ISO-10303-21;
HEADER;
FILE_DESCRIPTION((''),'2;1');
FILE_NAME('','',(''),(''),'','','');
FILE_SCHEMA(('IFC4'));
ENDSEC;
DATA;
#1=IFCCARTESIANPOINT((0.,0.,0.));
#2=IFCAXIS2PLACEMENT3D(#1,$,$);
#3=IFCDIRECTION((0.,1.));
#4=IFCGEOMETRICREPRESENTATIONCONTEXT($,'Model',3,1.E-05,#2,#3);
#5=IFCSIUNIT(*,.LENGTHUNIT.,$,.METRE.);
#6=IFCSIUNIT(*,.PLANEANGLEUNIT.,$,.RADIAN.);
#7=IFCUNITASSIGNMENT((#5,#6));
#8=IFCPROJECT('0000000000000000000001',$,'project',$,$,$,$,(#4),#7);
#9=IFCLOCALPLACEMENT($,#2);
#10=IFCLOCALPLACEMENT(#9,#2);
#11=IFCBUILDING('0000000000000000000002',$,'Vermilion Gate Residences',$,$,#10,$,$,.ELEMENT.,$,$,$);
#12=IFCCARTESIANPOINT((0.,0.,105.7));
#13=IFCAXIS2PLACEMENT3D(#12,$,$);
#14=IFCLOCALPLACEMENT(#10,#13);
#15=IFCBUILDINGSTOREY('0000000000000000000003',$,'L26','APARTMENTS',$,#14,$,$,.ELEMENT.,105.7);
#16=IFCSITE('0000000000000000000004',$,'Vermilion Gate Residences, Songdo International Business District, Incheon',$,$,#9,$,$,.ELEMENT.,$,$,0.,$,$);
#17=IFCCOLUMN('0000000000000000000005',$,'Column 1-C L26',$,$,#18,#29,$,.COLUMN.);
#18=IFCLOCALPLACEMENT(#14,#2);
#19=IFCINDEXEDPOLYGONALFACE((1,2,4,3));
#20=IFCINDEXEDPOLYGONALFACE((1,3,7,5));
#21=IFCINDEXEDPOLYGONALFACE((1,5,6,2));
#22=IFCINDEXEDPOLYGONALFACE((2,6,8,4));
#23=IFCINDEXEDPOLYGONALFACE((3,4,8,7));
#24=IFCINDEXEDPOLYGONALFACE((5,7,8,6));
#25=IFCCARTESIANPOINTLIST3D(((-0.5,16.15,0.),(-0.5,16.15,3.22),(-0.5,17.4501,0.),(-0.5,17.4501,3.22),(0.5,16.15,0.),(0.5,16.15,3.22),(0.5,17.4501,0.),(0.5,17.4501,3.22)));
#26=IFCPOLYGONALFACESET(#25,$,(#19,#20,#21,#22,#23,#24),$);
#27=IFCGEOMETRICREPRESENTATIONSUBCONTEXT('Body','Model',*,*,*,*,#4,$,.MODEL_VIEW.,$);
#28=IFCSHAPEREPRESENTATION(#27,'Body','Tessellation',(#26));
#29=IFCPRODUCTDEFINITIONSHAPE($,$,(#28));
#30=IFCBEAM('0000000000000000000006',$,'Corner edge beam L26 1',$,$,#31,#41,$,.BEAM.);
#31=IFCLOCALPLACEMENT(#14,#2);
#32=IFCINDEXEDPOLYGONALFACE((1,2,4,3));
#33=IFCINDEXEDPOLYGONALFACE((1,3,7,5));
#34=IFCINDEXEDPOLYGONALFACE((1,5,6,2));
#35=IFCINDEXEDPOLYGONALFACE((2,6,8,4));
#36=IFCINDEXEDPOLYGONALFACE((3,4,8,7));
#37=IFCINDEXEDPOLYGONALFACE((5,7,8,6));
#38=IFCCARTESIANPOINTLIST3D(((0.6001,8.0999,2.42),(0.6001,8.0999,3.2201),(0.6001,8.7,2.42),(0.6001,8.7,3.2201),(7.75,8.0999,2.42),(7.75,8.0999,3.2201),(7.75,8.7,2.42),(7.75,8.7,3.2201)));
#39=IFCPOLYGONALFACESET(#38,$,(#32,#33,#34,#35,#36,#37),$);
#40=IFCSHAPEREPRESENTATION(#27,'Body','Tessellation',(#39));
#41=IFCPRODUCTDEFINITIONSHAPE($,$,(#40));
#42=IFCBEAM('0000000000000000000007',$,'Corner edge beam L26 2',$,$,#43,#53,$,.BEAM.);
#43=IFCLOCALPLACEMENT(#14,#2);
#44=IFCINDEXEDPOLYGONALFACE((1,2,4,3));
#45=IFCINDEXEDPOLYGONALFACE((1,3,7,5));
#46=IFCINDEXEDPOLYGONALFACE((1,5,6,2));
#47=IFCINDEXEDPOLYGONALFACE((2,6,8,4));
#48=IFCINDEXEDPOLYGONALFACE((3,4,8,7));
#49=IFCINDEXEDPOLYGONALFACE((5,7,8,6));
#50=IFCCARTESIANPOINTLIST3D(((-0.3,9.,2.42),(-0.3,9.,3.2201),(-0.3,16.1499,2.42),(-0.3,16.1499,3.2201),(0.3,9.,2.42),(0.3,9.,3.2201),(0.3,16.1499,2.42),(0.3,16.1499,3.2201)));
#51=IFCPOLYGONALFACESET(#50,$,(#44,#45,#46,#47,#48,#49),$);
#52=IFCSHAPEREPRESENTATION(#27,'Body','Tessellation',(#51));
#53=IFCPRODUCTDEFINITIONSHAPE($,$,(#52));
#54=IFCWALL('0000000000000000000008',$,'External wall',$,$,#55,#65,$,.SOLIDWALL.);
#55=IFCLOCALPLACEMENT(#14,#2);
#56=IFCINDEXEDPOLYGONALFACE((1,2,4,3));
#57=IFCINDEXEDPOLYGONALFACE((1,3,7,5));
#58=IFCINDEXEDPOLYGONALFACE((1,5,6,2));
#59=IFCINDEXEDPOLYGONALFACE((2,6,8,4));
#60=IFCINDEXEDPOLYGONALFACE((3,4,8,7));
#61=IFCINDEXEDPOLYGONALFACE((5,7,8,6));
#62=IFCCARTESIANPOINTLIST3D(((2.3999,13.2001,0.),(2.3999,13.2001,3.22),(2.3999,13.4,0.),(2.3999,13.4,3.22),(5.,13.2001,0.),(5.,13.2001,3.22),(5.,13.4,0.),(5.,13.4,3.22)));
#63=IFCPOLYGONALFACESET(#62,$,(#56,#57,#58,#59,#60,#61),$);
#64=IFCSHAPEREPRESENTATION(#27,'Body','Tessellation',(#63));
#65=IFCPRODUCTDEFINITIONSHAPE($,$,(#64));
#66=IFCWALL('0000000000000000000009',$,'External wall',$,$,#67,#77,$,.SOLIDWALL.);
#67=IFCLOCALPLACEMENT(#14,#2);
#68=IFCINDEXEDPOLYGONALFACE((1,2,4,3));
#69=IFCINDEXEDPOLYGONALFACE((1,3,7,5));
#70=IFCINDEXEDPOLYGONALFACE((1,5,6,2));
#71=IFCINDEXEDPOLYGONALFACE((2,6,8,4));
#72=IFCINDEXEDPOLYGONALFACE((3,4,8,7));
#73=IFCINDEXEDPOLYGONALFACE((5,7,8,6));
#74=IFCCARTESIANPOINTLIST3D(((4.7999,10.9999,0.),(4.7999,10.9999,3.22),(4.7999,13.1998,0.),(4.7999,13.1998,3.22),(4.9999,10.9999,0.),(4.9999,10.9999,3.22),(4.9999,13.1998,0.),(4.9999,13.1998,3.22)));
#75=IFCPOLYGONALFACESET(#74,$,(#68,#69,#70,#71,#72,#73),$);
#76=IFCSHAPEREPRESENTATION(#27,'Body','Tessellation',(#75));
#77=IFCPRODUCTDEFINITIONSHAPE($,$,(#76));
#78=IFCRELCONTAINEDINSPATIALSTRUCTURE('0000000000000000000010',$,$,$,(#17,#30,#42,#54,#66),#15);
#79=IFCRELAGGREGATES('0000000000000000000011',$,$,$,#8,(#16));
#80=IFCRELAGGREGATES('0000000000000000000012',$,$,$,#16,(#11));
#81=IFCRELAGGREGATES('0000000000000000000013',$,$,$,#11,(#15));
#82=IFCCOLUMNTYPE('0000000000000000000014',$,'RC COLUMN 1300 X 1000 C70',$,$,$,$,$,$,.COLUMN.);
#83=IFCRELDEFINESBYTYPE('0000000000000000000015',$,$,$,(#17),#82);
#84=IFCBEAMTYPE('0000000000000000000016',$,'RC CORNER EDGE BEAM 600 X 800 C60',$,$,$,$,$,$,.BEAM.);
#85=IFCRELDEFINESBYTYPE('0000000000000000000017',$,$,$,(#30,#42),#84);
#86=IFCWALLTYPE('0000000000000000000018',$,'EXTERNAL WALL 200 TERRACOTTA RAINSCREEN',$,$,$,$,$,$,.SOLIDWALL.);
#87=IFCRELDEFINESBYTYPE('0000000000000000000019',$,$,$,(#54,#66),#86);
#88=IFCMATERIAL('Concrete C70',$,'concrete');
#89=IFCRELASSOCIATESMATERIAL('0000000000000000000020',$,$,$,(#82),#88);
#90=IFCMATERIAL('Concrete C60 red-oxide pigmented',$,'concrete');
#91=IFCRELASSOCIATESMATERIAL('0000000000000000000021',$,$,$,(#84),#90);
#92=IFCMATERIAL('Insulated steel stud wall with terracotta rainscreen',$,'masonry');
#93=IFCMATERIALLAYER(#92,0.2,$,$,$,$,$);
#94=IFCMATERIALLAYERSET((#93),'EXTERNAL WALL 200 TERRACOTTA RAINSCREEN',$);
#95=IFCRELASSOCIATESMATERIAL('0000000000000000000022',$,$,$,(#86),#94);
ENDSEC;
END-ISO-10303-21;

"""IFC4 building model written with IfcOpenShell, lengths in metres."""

from ifc_helpers import new_model, si_unit, direction, frame, frame_2d, origin, origin_2d, place, context, subcontext, project, spatial, rectangle, extrude, material, layer, layer_set, material_profile, profile_set, type_object, element, save


model = new_model("IFC4")

# Units and contexts
model_context = context("Model", 3, precision=1e-05, world=origin(), true_north=direction((0.0, 1.0)))
body_context = subcontext(model_context, "Body", "Model", "MODEL_VIEW")
ifc_project = project(units=[si_unit("LENGTHUNIT", "METRE"), si_unit("PLANEANGLEUNIT", "RADIAN")], contexts=[model_context])

# Site, building, storey
site_placement = place(None, origin())
site = spatial("IfcSite", under=ifc_project, at=site_placement, Name="Vermilion Gate Residences, Songdo International Business District, Incheon", CompositionType="ELEMENT", RefElevation=0.0)
building_placement = place(site_placement, origin())
building = spatial("IfcBuilding", under=site, at=building_placement, Name="Vermilion Gate Residences", CompositionType="ELEMENT")
storey_placement = place(building_placement, frame((0.0, 0.0, 105.7)))
storey = spatial("IfcBuildingStorey", under=building, at=storey_placement, Name="L26", Description="APARTMENTS", CompositionType="ELEMENT", Elevation=105.7)

# Column
ifc_material_1 = material(Name="Concrete C70", Category="concrete")
ifc_material_profile_1 = material_profile(ifc_material_1, rectangle(XDim=1.3, YDim=1.0, at=origin_2d()), Name="RC-1300x1000")
ifc_profile_set_1 = profile_set([ifc_material_profile_1], Name="Concrete C70")
column_type = type_object("IfcColumnType", Name="RC COLUMN 1300 X 1000 C70", PredefinedType="COLUMN", material=ifc_profile_set_1)
column_placement = place(storey_placement, frame((0.0, 16.8, 0.0), z_axis=(0.0, 0.0, 1.0), x_axis=(0.0, 1.0, 0.0)))
element("IfcColumn", 1, at=column_placement, inside=storey, type_object=column_type, Name="Column 1-C L26", PredefinedType="COLUMN", context=body_context, shape_type="SweptSolid", body=[
    extrude(rectangle(XDim=1.3, YDim=1.0, at=origin_2d()), origin(), (0.0, 0.0, 1.0), 3.22),
])

# Beams
ifc_material_2 = material(Name="Concrete C60 red-oxide pigmented", Category="concrete")
ifc_material_profile_2 = material_profile(ifc_material_2, rectangle(XDim=0.6001, YDim=0.8, at=origin_2d()), Name="RC-600x800")
ifc_profile_set_2 = profile_set([ifc_material_profile_2], Name="Concrete C60 red-oxide pigmented")
beam_type = type_object("IfcBeamType", Name="RC CORNER EDGE BEAM 600 X 800 C60", PredefinedType="BEAM", material=ifc_profile_set_2)
for number, where, z_axis, x_axis, name in (
    (2, (0.6001, 8.3999, 2.8201), (1.0, 0.0, 0.0), (0.0, 1.0, 0.0), "Corner edge beam L26 1"),
    (3, (0.0, 9.0, 2.8201), (0.0, 1.0, 0.0), (-1.0, 0.0, 0.0), "Corner edge beam L26 2"),
):
    element("IfcBeam", number, at=place(storey_placement, frame(where, z_axis=z_axis, x_axis=x_axis)), inside=storey, type_object=beam_type, Name=name, PredefinedType="BEAM", context=body_context, shape_type="SweptSolid", body=[
        extrude(rectangle(XDim=0.6001, YDim=0.8, at=origin_2d()), origin(), (0.0, 0.0, 1.0), 7.1499),
    ])

# Walls
ifc_material_3 = material(Name="Insulated steel stud wall with terracotta rainscreen", Category="masonry")
ifc_layer = layer(ifc_material_3, 0.2)
ifc_layer_set = layer_set([ifc_layer], Name="EXTERNAL WALL 200 TERRACOTTA RAINSCREEN")
wall_type = type_object("IfcWallType", Name="EXTERNAL WALL 200 TERRACOTTA RAINSCREEN", PredefinedType="SOLIDWALL", material=ifc_layer_set)
wall_1_placement = place(storey_placement, frame((2.3999, 13.3, 0.0), z_axis=(0.0, 0.0, 1.0), x_axis=(1.0, 0.0, 0.0)))
element("IfcWall", 4, at=wall_1_placement, inside=storey, type_object=wall_type, Name="External wall", PredefinedType="SOLIDWALL", context=body_context, shape_type="SweptSolid", body=[
    extrude(rectangle(XDim=2.6001, YDim=0.2, at=frame_2d((1.3, 0.0))), origin(), (0.0, 0.0, 1.0), 3.22),
])
wall_2_placement = place(storey_placement, frame((4.8999, 13.2, 0.0), z_axis=(0.0, 0.0, 1.0), x_axis=(0.0, -1.0, 0.0)))
element("IfcWall", 5, at=wall_2_placement, inside=storey, type_object=wall_type, Name="External wall", PredefinedType="SOLIDWALL", context=body_context, shape_type="SweptSolid", body=[
    extrude(rectangle(XDim=2.2, YDim=0.2, at=frame_2d((1.1001, 0.0))), origin(), (0.0, 0.0, 1.0), 3.22),
])

save(model, "model.ifc")
